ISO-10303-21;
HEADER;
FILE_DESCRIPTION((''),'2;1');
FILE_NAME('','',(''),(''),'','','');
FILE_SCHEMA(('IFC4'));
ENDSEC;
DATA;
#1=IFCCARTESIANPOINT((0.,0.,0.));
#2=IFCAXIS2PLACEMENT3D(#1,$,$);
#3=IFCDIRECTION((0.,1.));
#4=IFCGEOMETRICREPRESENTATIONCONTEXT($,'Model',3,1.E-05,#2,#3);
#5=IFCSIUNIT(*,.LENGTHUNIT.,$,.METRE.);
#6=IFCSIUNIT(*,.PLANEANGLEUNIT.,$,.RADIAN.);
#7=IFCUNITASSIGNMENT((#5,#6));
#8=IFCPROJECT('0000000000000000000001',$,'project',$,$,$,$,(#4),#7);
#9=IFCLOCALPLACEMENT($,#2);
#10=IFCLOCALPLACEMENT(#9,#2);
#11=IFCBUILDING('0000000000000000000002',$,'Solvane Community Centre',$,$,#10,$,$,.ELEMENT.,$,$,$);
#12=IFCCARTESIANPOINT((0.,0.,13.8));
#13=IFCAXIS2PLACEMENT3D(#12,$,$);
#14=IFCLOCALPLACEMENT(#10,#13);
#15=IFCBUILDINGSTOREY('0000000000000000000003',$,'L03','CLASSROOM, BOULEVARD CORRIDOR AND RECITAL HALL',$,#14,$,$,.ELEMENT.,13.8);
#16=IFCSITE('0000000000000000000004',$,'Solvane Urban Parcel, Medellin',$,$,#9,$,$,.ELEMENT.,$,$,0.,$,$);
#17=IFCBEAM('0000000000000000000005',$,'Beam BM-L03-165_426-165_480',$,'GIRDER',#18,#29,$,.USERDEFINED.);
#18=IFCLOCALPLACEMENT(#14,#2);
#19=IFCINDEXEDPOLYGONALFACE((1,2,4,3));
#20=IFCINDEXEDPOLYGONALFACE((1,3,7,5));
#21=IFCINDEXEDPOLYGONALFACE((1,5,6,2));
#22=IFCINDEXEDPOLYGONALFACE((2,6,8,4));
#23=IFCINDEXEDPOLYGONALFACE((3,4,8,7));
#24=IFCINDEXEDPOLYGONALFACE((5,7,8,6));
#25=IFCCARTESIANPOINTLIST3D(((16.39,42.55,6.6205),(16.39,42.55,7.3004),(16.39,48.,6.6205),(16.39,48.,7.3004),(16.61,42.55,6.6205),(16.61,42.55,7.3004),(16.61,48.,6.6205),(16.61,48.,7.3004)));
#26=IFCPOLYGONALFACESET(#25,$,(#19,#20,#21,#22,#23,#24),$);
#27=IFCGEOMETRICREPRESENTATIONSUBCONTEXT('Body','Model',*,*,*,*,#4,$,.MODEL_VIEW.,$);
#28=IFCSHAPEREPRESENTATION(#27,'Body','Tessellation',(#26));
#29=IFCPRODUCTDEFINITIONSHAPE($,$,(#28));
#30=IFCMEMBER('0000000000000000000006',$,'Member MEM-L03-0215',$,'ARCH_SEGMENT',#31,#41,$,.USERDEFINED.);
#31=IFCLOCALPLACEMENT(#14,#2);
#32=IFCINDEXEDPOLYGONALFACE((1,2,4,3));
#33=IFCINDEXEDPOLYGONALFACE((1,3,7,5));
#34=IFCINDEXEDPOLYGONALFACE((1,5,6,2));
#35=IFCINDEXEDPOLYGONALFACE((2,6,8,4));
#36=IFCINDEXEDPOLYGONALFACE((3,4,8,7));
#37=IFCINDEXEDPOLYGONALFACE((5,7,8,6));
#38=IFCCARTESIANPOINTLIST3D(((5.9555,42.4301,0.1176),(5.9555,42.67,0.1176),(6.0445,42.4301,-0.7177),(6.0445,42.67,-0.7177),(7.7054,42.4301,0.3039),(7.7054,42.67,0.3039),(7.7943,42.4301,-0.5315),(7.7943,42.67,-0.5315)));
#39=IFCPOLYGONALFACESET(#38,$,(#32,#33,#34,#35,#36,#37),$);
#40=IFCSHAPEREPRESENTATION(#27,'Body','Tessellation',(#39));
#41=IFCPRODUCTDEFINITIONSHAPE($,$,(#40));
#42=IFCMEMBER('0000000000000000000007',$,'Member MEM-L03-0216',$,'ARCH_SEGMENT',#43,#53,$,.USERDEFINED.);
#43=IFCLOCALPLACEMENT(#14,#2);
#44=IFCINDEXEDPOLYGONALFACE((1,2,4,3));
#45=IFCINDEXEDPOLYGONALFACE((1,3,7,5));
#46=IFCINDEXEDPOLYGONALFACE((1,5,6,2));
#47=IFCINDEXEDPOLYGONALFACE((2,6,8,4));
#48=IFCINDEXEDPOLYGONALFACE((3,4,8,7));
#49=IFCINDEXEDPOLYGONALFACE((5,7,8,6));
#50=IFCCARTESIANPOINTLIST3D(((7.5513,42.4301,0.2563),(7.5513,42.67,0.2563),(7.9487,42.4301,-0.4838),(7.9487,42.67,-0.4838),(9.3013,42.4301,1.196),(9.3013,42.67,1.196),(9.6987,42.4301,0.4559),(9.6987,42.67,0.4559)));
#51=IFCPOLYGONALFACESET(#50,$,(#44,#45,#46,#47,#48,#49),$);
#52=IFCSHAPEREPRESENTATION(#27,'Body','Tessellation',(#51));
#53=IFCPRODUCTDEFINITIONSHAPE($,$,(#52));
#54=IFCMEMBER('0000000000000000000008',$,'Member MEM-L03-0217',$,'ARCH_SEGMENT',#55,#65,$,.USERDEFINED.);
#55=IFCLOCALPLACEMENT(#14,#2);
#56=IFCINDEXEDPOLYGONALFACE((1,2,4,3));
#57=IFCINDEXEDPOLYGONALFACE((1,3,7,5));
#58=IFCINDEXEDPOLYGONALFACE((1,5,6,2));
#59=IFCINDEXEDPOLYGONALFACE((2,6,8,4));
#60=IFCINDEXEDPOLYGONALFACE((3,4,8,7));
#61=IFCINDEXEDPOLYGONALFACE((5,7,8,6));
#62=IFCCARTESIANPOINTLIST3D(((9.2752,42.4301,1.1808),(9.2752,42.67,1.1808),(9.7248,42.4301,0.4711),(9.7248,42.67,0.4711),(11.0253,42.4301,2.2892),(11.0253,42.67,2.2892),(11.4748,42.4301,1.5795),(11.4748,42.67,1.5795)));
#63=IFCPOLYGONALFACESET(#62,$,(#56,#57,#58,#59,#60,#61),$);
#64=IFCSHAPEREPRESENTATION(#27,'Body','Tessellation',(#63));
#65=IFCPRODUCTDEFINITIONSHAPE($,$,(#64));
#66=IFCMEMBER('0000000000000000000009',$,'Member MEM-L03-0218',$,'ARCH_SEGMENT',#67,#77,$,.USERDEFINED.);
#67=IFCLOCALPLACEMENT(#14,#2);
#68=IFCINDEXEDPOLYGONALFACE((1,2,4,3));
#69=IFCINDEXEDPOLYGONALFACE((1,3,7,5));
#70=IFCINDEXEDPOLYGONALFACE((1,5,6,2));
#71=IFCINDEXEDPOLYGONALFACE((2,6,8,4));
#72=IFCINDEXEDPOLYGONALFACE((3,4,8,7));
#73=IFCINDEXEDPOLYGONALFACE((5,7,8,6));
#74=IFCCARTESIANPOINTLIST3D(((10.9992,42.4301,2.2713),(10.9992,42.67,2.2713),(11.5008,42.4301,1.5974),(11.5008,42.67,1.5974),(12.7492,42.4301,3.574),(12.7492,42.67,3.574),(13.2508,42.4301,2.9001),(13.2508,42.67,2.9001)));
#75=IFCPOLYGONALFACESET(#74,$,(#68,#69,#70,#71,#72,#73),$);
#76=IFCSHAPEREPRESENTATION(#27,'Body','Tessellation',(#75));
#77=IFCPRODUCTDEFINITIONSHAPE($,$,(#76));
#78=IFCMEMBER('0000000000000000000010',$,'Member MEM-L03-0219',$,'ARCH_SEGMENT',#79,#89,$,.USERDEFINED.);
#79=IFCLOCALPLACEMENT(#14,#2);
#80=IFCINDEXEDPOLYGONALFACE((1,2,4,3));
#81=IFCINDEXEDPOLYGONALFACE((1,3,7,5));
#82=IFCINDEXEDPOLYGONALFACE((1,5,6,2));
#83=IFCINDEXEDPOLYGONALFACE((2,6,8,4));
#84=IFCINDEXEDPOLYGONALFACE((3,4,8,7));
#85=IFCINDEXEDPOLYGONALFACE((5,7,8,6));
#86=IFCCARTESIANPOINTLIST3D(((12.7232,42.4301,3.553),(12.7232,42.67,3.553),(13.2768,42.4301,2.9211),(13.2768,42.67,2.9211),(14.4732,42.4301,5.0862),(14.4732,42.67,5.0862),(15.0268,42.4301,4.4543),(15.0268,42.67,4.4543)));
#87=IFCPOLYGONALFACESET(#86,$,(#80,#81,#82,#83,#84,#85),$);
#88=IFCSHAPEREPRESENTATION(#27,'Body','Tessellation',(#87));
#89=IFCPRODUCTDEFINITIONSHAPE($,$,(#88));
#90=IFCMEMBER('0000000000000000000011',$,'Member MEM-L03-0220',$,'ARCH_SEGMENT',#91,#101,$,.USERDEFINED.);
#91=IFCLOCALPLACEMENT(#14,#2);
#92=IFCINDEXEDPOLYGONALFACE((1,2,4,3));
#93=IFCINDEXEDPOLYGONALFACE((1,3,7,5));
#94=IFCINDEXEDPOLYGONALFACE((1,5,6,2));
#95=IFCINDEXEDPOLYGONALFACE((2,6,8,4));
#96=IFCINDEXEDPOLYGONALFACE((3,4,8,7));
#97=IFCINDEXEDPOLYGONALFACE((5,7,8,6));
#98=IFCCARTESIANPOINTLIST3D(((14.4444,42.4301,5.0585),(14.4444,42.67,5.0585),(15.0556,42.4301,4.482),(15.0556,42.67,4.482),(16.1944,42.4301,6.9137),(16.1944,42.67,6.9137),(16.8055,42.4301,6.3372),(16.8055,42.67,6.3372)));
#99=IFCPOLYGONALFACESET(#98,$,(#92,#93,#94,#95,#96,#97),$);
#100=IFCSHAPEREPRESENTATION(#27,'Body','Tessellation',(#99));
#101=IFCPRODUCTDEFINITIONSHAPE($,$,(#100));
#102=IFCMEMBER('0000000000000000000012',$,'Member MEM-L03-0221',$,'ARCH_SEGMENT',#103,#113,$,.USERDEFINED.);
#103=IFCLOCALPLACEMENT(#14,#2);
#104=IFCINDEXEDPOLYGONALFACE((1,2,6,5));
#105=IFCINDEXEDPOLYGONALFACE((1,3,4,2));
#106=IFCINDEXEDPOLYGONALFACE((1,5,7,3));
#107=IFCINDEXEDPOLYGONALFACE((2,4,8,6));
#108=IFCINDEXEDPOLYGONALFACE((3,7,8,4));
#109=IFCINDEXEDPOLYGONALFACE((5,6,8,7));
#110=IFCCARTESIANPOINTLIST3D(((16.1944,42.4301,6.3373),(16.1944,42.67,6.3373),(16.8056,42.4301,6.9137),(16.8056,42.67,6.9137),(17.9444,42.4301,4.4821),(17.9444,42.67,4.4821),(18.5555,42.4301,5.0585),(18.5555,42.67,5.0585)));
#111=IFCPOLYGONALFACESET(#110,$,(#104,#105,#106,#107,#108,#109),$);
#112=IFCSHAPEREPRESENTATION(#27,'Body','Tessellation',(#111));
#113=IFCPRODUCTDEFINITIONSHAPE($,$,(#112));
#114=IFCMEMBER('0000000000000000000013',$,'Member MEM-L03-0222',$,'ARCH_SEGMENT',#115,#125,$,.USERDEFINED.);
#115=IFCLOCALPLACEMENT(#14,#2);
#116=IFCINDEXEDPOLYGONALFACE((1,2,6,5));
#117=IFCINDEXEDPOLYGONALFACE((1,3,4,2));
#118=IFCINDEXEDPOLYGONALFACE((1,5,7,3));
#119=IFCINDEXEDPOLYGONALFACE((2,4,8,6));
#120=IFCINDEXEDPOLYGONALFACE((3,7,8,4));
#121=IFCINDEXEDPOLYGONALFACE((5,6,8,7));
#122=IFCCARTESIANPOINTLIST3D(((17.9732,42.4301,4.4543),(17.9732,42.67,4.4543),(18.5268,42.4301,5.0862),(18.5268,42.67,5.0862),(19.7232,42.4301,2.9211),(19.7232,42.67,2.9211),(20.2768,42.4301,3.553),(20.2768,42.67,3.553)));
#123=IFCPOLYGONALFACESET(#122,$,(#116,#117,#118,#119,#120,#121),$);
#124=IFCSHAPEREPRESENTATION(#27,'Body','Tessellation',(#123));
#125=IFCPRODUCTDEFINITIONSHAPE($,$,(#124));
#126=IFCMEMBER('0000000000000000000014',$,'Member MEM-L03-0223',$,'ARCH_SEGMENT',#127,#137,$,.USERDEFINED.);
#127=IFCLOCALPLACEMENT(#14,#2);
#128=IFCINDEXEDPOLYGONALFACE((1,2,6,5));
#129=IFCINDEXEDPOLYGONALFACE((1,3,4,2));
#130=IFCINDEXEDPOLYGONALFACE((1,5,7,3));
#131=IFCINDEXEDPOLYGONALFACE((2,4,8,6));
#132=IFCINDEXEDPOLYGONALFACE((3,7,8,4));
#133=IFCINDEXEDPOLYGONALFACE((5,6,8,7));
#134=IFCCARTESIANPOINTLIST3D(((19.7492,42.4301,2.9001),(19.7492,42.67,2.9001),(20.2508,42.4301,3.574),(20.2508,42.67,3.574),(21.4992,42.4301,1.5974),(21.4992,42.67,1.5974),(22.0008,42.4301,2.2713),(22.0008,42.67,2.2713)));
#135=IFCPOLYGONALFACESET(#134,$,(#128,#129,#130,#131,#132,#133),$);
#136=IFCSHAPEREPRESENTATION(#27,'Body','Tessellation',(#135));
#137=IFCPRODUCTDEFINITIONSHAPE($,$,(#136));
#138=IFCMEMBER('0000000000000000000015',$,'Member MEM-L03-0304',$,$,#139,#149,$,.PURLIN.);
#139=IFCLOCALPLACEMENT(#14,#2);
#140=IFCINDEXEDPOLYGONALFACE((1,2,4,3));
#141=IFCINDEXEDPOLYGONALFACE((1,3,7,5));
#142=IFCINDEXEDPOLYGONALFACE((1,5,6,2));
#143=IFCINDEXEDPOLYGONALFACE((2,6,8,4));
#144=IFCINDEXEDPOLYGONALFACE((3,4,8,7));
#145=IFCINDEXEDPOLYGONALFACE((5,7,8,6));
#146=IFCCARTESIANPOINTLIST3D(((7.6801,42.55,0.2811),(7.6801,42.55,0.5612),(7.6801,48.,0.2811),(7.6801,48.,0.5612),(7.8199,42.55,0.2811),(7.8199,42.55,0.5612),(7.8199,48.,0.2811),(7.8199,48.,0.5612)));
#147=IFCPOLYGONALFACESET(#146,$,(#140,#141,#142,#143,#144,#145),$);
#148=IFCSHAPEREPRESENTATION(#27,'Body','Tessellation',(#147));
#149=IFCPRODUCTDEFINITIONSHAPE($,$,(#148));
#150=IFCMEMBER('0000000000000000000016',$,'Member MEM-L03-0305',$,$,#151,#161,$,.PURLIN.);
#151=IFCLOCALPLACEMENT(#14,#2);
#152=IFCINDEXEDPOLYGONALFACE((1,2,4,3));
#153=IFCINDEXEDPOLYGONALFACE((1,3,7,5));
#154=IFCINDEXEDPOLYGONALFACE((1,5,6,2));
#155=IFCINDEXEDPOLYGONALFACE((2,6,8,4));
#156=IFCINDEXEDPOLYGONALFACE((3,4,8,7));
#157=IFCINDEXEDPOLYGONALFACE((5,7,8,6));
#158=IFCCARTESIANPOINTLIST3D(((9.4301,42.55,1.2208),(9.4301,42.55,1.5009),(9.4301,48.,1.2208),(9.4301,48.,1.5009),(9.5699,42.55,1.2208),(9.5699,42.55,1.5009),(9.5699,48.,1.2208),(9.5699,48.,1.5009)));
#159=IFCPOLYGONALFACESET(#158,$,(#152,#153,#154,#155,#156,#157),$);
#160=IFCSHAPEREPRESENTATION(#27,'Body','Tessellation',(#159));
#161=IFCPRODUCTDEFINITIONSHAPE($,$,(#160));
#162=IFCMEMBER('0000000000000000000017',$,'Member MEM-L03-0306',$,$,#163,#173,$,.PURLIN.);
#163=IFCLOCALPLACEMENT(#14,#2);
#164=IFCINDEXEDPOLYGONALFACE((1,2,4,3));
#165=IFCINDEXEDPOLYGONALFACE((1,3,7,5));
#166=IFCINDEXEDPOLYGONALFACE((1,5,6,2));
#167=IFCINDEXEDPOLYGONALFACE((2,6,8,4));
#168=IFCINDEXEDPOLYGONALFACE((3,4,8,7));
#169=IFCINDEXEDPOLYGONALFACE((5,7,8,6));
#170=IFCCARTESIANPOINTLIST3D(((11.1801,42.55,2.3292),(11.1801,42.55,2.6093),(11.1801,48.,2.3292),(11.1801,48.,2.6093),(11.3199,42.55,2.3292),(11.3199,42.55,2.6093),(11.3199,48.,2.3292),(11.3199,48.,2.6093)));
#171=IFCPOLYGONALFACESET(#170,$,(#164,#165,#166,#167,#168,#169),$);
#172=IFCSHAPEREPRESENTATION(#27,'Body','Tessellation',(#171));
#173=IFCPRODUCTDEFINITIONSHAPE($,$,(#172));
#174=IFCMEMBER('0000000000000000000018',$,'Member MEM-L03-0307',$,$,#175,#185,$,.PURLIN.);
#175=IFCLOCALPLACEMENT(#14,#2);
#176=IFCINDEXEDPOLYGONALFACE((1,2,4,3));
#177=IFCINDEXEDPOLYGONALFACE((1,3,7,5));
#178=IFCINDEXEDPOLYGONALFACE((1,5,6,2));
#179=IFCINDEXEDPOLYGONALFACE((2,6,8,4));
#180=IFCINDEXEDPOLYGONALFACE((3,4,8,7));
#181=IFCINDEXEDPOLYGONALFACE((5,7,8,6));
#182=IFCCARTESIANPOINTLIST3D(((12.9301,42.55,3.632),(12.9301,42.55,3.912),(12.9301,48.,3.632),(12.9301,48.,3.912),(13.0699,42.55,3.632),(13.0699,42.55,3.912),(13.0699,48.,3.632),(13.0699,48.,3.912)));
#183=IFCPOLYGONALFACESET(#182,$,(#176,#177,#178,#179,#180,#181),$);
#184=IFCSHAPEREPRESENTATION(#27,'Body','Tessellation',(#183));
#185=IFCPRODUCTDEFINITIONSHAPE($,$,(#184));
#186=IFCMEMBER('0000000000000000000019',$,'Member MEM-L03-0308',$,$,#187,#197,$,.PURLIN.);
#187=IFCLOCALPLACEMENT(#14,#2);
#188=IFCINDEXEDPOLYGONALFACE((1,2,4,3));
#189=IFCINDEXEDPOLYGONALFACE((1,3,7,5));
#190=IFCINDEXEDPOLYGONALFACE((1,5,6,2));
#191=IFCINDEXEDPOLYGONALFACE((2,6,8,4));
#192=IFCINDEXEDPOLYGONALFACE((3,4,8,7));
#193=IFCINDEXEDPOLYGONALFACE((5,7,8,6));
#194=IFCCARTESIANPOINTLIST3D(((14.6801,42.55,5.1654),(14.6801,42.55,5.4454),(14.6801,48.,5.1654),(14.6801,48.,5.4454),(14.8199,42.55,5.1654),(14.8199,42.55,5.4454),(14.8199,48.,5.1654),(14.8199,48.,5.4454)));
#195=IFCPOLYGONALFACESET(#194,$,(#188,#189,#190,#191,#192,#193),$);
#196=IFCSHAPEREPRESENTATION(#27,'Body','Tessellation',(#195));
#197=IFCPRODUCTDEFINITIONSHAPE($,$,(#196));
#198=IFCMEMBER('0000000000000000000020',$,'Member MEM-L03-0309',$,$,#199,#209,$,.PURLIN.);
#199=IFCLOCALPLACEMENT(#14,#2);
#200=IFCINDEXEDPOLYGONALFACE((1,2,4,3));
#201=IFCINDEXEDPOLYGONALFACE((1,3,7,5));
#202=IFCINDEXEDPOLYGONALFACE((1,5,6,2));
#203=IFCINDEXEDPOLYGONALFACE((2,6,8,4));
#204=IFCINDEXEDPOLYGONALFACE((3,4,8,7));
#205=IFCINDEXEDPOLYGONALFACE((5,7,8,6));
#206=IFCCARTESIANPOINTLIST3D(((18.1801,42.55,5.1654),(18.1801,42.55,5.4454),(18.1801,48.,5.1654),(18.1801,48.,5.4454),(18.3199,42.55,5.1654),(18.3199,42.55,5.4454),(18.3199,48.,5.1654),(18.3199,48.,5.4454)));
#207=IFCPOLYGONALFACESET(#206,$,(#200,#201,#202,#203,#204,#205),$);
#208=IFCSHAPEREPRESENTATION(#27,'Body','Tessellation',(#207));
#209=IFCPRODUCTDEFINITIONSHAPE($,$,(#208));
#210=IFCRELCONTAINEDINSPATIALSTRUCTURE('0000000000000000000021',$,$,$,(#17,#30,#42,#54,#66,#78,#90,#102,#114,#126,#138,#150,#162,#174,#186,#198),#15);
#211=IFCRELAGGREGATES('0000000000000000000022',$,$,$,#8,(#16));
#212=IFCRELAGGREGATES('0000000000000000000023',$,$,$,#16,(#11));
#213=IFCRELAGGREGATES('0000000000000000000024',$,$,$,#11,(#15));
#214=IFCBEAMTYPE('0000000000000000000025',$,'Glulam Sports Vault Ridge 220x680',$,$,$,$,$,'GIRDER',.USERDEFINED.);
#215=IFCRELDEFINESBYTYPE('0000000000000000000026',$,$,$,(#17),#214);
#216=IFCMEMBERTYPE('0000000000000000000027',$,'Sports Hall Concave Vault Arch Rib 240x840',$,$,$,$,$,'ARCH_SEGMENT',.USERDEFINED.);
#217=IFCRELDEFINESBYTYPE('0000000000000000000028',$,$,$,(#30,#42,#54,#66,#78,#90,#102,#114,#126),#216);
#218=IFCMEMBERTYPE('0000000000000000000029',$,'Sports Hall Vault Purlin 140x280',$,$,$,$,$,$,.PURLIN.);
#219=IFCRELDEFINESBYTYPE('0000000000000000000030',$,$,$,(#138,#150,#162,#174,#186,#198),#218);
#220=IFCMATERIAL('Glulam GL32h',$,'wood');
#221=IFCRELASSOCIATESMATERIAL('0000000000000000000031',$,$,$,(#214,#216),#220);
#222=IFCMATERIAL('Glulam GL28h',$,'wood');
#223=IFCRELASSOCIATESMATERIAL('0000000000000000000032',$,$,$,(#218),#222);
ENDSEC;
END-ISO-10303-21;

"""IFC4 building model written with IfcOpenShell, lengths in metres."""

from ifc_helpers import new_model, si_unit, direction, frame, origin, origin_2d, place, context, subcontext, project, spatial, rectangle, extrude, material, material_profile, profile_set, type_object, element, save


model = new_model("IFC4")

# Units and contexts
model_context = context("Model", 3, precision=1e-05, world=origin(), true_north=direction((0.0, 1.0)))
body_context = subcontext(model_context, "Body", "Model", "MODEL_VIEW")
ifc_project = project(units=[si_unit("LENGTHUNIT", "METRE"), si_unit("PLANEANGLEUNIT", "RADIAN")], contexts=[model_context])

# Site, building, storey
site_placement = place(None, origin())
site = spatial("IfcSite", under=ifc_project, at=site_placement, Name="Solvane Urban Parcel, Medellin", CompositionType="ELEMENT", RefElevation=0.0)
building_placement = place(site_placement, origin())
building = spatial("IfcBuilding", under=site, at=building_placement, Name="Solvane Community Centre", CompositionType="ELEMENT")
storey_placement = place(building_placement, frame((0.0, 0.0, 13.8)))
storey = spatial("IfcBuildingStorey", under=building, at=storey_placement, Name="L03", Description="CLASSROOM, BOULEVARD CORRIDOR AND RECITAL HALL", CompositionType="ELEMENT", Elevation=13.8)

# Beam
ifc_material_1 = material(Name="Glulam GL32h", Category="wood")
ifc_material_profile_1 = material_profile(ifc_material_1, rectangle(XDim=0.22, YDim=0.6799, at=origin_2d()), Name="GL32h 220x680")
ifc_profile_set_1 = profile_set([ifc_material_profile_1], Name="Glulam GL32h")
beam_type = type_object("IfcBeamType", Name="Glulam Sports Vault Ridge 220x680", ElementType="GIRDER", PredefinedType="USERDEFINED", material=ifc_profile_set_1)
beam_placement = place(storey_placement, frame((16.5, 42.55, 6.9604), z_axis=(0.0, 1.0, 0.0), x_axis=(-1.0, 0.0, 0.0)))
element("IfcBeam", 1, at=beam_placement, inside=storey, type_object=beam_type, Name="Beam BM-L03-165_426-165_480", ObjectType="GIRDER", PredefinedType="USERDEFINED", context=body_context, shape_type="SweptSolid", body=[
    extrude(rectangle(XDim=0.22, YDim=0.6799, at=origin_2d()), origin(), (0.0, 0.0, 1.0), 5.45),
])

# Members
ifc_material_profile_2 = material_profile(ifc_material_1, rectangle(XDim=0.24, YDim=0.8401, at=origin_2d()), Name="GL32h 240x840")
ifc_profile_set_2 = profile_set([ifc_material_profile_2], Name="Glulam GL32h")
member_type_1 = type_object("IfcMemberType", Name="Sports Hall Concave Vault Arch Rib 240x840", ElementType="ARCH_SEGMENT", PredefinedType="USERDEFINED", material=ifc_profile_set_2)
member_1_placement = place(storey_placement, frame((6.0, 42.55, -0.3), z_axis=(0.994382, 0.0, 0.105847), x_axis=(0.0, 1.0, 0.0)))
element("IfcMember", 2, at=member_1_placement, inside=storey, type_object=member_type_1, Name="Member MEM-L03-0215", ObjectType="ARCH_SEGMENT", PredefinedType="USERDEFINED", context=body_context, shape_type="SweptSolid", body=[
    extrude(rectangle(XDim=0.24, YDim=0.8401, at=origin_2d()), origin(), (0.0, 0.0, 1.0), 1.7598),
])
member_2_placement = place(storey_placement, frame((7.75, 42.55, -0.1138), z_axis=(0.881019, 0.0, 0.473081), x_axis=(0.0, 1.0, 0.0)))
element("IfcMember", 3, at=member_2_placement, inside=storey, type_object=member_type_1, Name="Member MEM-L03-0216", ObjectType="ARCH_SEGMENT", PredefinedType="USERDEFINED", context=body_context, shape_type="SweptSolid", body=[
    extrude(rectangle(XDim=0.24, YDim=0.8401, at=origin_2d()), origin(), (0.0, 0.0, 1.0), 1.9863),
])
member_3_placement = place(storey_placement, frame((9.5, 42.55, 0.8259), z_axis=(0.844805, 0.0, 0.535075), x_axis=(0.0, 1.0, 0.0)))
element("IfcMember", 4, at=member_3_placement, inside=storey, type_object=member_type_1, Name="Member MEM-L03-0217", ObjectType="ARCH_SEGMENT", PredefinedType="USERDEFINED", context=body_context, shape_type="SweptSolid", body=[
    extrude(rectangle(XDim=0.24, YDim=0.8401, at=origin_2d()), origin(), (0.0, 0.0, 1.0), 2.0715),
])
member_4_placement = place(storey_placement, frame((11.25, 42.55, 1.9343), z_axis=(0.802143, 0.0, 0.597131), x_axis=(0.0, 1.0, 0.0)))
element("IfcMember", 5, at=member_4_placement, inside=storey, type_object=member_type_1, Name="Member MEM-L03-0218", ObjectType="ARCH_SEGMENT", PredefinedType="USERDEFINED", context=body_context, shape_type="SweptSolid", body=[
    extrude(rectangle(XDim=0.24, YDim=0.8401, at=origin_2d()), origin(), (0.0, 0.0, 1.0), 2.1816),
])
member_5_placement = place(storey_placement, frame((13.0, 42.55, 3.2371), z_axis=(0.752161, 0.0, 0.65898), x_axis=(0.0, 1.0, 0.0)))
element("IfcMember", 6, at=member_5_placement, inside=storey, type_object=member_type_1, Name="Member MEM-L03-0219", ObjectType="ARCH_SEGMENT", PredefinedType="USERDEFINED", context=body_context, shape_type="SweptSolid", body=[
    extrude(rectangle(XDim=0.24, YDim=0.8401, at=origin_2d()), origin(), (0.0, 0.0, 1.0), 2.3267),
])
for number, where, z_axis, x_axis, name in (
    (7, (14.75, 42.55, 4.7703), (0.686176, 0.0, 0.727435), (0.0, 1.0, 0.0), "Member MEM-L03-0220"),
    (8, (16.5, 42.55, 6.6255), (0.686176, 0.0, -0.727435), (0.0, 1.0, 0.0), "Member MEM-L03-0221"),
):
    element("IfcMember", number, at=place(storey_placement, frame(where, z_axis=z_axis, x_axis=x_axis)), inside=storey, type_object=member_type_1, Name=name, ObjectType="ARCH_SEGMENT", PredefinedType="USERDEFINED", context=body_context, shape_type="SweptSolid", body=[
        extrude(rectangle(XDim=0.24, YDim=0.8401, at=origin_2d()), origin(), (0.0, 0.0, 1.0), 2.5503),
    ])
member_6_placement = place(storey_placement, frame((18.25, 42.55, 4.7703), z_axis=(0.752161, 0.0, -0.65898), x_axis=(0.0, 1.0, 0.0)))
element("IfcMember", 9, at=member_6_placement, inside=storey, type_object=member_type_1, Name="Member MEM-L03-0222", ObjectType="ARCH_SEGMENT", PredefinedType="USERDEFINED", context=body_context, shape_type="SweptSolid", body=[
    extrude(rectangle(XDim=0.24, YDim=0.8401, at=origin_2d()), origin(), (0.0, 0.0, 1.0), 2.3267),
])
member_7_placement = place(storey_placement, frame((20.0, 42.55, 3.2371), z_axis=(0.802143, 0.0, -0.597131), x_axis=(0.0, 1.0, 0.0)))
element("IfcMember", 10, at=member_7_placement, inside=storey, type_object=member_type_1, Name="Member MEM-L03-0223", ObjectType="ARCH_SEGMENT", PredefinedType="USERDEFINED", context=body_context, shape_type="SweptSolid", body=[
    extrude(rectangle(XDim=0.24, YDim=0.8401, at=origin_2d()), origin(), (0.0, 0.0, 1.0), 2.1816),
])
ifc_material_2 = material(Name="Glulam GL28h", Category="wood")
ifc_material_profile_3 = material_profile(ifc_material_2, rectangle(XDim=0.1399, YDim=0.28, at=origin_2d()), Name="GL28h 140x280")
ifc_profile_set_3 = profile_set([ifc_material_profile_3], Name="Glulam GL28h")
member_type_2 = type_object("IfcMemberType", Name="Sports Hall Vault Purlin 140x280", PredefinedType="PURLIN", material=ifc_profile_set_3)
for number, where, z_axis, x_axis, name in (
    (11, (7.75, 42.55, 0.4211), (0.0, 1.0, 0.0), (-1.0, 0.0, 0.0), "Member MEM-L03-0304"),
    (12, (9.5, 42.55, 1.3608), (0.0, 1.0, 0.0), (-1.0, 0.0, 0.0), "Member MEM-L03-0305"),
    (13, (11.25, 42.55, 2.4692), (0.0, 1.0, 0.0), (-1.0, 0.0, 0.0), "Member MEM-L03-0306"),
    (14, (13.0, 42.55, 3.772), (0.0, 1.0, 0.0), (-1.0, 0.0, 0.0), "Member MEM-L03-0307"),
    (15, (14.75, 42.55, 5.3054), (0.0, 1.0, 0.0), (-1.0, 0.0, 0.0), "Member MEM-L03-0308"),
    (16, (18.25, 42.55, 5.3054), (0.0, 1.0, 0.0), (-1.0, 0.0, 0.0), "Member MEM-L03-0309"),
):
    element("IfcMember", number, at=place(storey_placement, frame(where, z_axis=z_axis, x_axis=x_axis)), inside=storey, type_object=member_type_2, Name=name, PredefinedType="PURLIN", context=body_context, shape_type="SweptSolid", body=[
        extrude(rectangle(XDim=0.1399, YDim=0.28, at=origin_2d()), origin(), (0.0, 0.0, 1.0), 5.45),
    ])

save(model, "model.ifc")
